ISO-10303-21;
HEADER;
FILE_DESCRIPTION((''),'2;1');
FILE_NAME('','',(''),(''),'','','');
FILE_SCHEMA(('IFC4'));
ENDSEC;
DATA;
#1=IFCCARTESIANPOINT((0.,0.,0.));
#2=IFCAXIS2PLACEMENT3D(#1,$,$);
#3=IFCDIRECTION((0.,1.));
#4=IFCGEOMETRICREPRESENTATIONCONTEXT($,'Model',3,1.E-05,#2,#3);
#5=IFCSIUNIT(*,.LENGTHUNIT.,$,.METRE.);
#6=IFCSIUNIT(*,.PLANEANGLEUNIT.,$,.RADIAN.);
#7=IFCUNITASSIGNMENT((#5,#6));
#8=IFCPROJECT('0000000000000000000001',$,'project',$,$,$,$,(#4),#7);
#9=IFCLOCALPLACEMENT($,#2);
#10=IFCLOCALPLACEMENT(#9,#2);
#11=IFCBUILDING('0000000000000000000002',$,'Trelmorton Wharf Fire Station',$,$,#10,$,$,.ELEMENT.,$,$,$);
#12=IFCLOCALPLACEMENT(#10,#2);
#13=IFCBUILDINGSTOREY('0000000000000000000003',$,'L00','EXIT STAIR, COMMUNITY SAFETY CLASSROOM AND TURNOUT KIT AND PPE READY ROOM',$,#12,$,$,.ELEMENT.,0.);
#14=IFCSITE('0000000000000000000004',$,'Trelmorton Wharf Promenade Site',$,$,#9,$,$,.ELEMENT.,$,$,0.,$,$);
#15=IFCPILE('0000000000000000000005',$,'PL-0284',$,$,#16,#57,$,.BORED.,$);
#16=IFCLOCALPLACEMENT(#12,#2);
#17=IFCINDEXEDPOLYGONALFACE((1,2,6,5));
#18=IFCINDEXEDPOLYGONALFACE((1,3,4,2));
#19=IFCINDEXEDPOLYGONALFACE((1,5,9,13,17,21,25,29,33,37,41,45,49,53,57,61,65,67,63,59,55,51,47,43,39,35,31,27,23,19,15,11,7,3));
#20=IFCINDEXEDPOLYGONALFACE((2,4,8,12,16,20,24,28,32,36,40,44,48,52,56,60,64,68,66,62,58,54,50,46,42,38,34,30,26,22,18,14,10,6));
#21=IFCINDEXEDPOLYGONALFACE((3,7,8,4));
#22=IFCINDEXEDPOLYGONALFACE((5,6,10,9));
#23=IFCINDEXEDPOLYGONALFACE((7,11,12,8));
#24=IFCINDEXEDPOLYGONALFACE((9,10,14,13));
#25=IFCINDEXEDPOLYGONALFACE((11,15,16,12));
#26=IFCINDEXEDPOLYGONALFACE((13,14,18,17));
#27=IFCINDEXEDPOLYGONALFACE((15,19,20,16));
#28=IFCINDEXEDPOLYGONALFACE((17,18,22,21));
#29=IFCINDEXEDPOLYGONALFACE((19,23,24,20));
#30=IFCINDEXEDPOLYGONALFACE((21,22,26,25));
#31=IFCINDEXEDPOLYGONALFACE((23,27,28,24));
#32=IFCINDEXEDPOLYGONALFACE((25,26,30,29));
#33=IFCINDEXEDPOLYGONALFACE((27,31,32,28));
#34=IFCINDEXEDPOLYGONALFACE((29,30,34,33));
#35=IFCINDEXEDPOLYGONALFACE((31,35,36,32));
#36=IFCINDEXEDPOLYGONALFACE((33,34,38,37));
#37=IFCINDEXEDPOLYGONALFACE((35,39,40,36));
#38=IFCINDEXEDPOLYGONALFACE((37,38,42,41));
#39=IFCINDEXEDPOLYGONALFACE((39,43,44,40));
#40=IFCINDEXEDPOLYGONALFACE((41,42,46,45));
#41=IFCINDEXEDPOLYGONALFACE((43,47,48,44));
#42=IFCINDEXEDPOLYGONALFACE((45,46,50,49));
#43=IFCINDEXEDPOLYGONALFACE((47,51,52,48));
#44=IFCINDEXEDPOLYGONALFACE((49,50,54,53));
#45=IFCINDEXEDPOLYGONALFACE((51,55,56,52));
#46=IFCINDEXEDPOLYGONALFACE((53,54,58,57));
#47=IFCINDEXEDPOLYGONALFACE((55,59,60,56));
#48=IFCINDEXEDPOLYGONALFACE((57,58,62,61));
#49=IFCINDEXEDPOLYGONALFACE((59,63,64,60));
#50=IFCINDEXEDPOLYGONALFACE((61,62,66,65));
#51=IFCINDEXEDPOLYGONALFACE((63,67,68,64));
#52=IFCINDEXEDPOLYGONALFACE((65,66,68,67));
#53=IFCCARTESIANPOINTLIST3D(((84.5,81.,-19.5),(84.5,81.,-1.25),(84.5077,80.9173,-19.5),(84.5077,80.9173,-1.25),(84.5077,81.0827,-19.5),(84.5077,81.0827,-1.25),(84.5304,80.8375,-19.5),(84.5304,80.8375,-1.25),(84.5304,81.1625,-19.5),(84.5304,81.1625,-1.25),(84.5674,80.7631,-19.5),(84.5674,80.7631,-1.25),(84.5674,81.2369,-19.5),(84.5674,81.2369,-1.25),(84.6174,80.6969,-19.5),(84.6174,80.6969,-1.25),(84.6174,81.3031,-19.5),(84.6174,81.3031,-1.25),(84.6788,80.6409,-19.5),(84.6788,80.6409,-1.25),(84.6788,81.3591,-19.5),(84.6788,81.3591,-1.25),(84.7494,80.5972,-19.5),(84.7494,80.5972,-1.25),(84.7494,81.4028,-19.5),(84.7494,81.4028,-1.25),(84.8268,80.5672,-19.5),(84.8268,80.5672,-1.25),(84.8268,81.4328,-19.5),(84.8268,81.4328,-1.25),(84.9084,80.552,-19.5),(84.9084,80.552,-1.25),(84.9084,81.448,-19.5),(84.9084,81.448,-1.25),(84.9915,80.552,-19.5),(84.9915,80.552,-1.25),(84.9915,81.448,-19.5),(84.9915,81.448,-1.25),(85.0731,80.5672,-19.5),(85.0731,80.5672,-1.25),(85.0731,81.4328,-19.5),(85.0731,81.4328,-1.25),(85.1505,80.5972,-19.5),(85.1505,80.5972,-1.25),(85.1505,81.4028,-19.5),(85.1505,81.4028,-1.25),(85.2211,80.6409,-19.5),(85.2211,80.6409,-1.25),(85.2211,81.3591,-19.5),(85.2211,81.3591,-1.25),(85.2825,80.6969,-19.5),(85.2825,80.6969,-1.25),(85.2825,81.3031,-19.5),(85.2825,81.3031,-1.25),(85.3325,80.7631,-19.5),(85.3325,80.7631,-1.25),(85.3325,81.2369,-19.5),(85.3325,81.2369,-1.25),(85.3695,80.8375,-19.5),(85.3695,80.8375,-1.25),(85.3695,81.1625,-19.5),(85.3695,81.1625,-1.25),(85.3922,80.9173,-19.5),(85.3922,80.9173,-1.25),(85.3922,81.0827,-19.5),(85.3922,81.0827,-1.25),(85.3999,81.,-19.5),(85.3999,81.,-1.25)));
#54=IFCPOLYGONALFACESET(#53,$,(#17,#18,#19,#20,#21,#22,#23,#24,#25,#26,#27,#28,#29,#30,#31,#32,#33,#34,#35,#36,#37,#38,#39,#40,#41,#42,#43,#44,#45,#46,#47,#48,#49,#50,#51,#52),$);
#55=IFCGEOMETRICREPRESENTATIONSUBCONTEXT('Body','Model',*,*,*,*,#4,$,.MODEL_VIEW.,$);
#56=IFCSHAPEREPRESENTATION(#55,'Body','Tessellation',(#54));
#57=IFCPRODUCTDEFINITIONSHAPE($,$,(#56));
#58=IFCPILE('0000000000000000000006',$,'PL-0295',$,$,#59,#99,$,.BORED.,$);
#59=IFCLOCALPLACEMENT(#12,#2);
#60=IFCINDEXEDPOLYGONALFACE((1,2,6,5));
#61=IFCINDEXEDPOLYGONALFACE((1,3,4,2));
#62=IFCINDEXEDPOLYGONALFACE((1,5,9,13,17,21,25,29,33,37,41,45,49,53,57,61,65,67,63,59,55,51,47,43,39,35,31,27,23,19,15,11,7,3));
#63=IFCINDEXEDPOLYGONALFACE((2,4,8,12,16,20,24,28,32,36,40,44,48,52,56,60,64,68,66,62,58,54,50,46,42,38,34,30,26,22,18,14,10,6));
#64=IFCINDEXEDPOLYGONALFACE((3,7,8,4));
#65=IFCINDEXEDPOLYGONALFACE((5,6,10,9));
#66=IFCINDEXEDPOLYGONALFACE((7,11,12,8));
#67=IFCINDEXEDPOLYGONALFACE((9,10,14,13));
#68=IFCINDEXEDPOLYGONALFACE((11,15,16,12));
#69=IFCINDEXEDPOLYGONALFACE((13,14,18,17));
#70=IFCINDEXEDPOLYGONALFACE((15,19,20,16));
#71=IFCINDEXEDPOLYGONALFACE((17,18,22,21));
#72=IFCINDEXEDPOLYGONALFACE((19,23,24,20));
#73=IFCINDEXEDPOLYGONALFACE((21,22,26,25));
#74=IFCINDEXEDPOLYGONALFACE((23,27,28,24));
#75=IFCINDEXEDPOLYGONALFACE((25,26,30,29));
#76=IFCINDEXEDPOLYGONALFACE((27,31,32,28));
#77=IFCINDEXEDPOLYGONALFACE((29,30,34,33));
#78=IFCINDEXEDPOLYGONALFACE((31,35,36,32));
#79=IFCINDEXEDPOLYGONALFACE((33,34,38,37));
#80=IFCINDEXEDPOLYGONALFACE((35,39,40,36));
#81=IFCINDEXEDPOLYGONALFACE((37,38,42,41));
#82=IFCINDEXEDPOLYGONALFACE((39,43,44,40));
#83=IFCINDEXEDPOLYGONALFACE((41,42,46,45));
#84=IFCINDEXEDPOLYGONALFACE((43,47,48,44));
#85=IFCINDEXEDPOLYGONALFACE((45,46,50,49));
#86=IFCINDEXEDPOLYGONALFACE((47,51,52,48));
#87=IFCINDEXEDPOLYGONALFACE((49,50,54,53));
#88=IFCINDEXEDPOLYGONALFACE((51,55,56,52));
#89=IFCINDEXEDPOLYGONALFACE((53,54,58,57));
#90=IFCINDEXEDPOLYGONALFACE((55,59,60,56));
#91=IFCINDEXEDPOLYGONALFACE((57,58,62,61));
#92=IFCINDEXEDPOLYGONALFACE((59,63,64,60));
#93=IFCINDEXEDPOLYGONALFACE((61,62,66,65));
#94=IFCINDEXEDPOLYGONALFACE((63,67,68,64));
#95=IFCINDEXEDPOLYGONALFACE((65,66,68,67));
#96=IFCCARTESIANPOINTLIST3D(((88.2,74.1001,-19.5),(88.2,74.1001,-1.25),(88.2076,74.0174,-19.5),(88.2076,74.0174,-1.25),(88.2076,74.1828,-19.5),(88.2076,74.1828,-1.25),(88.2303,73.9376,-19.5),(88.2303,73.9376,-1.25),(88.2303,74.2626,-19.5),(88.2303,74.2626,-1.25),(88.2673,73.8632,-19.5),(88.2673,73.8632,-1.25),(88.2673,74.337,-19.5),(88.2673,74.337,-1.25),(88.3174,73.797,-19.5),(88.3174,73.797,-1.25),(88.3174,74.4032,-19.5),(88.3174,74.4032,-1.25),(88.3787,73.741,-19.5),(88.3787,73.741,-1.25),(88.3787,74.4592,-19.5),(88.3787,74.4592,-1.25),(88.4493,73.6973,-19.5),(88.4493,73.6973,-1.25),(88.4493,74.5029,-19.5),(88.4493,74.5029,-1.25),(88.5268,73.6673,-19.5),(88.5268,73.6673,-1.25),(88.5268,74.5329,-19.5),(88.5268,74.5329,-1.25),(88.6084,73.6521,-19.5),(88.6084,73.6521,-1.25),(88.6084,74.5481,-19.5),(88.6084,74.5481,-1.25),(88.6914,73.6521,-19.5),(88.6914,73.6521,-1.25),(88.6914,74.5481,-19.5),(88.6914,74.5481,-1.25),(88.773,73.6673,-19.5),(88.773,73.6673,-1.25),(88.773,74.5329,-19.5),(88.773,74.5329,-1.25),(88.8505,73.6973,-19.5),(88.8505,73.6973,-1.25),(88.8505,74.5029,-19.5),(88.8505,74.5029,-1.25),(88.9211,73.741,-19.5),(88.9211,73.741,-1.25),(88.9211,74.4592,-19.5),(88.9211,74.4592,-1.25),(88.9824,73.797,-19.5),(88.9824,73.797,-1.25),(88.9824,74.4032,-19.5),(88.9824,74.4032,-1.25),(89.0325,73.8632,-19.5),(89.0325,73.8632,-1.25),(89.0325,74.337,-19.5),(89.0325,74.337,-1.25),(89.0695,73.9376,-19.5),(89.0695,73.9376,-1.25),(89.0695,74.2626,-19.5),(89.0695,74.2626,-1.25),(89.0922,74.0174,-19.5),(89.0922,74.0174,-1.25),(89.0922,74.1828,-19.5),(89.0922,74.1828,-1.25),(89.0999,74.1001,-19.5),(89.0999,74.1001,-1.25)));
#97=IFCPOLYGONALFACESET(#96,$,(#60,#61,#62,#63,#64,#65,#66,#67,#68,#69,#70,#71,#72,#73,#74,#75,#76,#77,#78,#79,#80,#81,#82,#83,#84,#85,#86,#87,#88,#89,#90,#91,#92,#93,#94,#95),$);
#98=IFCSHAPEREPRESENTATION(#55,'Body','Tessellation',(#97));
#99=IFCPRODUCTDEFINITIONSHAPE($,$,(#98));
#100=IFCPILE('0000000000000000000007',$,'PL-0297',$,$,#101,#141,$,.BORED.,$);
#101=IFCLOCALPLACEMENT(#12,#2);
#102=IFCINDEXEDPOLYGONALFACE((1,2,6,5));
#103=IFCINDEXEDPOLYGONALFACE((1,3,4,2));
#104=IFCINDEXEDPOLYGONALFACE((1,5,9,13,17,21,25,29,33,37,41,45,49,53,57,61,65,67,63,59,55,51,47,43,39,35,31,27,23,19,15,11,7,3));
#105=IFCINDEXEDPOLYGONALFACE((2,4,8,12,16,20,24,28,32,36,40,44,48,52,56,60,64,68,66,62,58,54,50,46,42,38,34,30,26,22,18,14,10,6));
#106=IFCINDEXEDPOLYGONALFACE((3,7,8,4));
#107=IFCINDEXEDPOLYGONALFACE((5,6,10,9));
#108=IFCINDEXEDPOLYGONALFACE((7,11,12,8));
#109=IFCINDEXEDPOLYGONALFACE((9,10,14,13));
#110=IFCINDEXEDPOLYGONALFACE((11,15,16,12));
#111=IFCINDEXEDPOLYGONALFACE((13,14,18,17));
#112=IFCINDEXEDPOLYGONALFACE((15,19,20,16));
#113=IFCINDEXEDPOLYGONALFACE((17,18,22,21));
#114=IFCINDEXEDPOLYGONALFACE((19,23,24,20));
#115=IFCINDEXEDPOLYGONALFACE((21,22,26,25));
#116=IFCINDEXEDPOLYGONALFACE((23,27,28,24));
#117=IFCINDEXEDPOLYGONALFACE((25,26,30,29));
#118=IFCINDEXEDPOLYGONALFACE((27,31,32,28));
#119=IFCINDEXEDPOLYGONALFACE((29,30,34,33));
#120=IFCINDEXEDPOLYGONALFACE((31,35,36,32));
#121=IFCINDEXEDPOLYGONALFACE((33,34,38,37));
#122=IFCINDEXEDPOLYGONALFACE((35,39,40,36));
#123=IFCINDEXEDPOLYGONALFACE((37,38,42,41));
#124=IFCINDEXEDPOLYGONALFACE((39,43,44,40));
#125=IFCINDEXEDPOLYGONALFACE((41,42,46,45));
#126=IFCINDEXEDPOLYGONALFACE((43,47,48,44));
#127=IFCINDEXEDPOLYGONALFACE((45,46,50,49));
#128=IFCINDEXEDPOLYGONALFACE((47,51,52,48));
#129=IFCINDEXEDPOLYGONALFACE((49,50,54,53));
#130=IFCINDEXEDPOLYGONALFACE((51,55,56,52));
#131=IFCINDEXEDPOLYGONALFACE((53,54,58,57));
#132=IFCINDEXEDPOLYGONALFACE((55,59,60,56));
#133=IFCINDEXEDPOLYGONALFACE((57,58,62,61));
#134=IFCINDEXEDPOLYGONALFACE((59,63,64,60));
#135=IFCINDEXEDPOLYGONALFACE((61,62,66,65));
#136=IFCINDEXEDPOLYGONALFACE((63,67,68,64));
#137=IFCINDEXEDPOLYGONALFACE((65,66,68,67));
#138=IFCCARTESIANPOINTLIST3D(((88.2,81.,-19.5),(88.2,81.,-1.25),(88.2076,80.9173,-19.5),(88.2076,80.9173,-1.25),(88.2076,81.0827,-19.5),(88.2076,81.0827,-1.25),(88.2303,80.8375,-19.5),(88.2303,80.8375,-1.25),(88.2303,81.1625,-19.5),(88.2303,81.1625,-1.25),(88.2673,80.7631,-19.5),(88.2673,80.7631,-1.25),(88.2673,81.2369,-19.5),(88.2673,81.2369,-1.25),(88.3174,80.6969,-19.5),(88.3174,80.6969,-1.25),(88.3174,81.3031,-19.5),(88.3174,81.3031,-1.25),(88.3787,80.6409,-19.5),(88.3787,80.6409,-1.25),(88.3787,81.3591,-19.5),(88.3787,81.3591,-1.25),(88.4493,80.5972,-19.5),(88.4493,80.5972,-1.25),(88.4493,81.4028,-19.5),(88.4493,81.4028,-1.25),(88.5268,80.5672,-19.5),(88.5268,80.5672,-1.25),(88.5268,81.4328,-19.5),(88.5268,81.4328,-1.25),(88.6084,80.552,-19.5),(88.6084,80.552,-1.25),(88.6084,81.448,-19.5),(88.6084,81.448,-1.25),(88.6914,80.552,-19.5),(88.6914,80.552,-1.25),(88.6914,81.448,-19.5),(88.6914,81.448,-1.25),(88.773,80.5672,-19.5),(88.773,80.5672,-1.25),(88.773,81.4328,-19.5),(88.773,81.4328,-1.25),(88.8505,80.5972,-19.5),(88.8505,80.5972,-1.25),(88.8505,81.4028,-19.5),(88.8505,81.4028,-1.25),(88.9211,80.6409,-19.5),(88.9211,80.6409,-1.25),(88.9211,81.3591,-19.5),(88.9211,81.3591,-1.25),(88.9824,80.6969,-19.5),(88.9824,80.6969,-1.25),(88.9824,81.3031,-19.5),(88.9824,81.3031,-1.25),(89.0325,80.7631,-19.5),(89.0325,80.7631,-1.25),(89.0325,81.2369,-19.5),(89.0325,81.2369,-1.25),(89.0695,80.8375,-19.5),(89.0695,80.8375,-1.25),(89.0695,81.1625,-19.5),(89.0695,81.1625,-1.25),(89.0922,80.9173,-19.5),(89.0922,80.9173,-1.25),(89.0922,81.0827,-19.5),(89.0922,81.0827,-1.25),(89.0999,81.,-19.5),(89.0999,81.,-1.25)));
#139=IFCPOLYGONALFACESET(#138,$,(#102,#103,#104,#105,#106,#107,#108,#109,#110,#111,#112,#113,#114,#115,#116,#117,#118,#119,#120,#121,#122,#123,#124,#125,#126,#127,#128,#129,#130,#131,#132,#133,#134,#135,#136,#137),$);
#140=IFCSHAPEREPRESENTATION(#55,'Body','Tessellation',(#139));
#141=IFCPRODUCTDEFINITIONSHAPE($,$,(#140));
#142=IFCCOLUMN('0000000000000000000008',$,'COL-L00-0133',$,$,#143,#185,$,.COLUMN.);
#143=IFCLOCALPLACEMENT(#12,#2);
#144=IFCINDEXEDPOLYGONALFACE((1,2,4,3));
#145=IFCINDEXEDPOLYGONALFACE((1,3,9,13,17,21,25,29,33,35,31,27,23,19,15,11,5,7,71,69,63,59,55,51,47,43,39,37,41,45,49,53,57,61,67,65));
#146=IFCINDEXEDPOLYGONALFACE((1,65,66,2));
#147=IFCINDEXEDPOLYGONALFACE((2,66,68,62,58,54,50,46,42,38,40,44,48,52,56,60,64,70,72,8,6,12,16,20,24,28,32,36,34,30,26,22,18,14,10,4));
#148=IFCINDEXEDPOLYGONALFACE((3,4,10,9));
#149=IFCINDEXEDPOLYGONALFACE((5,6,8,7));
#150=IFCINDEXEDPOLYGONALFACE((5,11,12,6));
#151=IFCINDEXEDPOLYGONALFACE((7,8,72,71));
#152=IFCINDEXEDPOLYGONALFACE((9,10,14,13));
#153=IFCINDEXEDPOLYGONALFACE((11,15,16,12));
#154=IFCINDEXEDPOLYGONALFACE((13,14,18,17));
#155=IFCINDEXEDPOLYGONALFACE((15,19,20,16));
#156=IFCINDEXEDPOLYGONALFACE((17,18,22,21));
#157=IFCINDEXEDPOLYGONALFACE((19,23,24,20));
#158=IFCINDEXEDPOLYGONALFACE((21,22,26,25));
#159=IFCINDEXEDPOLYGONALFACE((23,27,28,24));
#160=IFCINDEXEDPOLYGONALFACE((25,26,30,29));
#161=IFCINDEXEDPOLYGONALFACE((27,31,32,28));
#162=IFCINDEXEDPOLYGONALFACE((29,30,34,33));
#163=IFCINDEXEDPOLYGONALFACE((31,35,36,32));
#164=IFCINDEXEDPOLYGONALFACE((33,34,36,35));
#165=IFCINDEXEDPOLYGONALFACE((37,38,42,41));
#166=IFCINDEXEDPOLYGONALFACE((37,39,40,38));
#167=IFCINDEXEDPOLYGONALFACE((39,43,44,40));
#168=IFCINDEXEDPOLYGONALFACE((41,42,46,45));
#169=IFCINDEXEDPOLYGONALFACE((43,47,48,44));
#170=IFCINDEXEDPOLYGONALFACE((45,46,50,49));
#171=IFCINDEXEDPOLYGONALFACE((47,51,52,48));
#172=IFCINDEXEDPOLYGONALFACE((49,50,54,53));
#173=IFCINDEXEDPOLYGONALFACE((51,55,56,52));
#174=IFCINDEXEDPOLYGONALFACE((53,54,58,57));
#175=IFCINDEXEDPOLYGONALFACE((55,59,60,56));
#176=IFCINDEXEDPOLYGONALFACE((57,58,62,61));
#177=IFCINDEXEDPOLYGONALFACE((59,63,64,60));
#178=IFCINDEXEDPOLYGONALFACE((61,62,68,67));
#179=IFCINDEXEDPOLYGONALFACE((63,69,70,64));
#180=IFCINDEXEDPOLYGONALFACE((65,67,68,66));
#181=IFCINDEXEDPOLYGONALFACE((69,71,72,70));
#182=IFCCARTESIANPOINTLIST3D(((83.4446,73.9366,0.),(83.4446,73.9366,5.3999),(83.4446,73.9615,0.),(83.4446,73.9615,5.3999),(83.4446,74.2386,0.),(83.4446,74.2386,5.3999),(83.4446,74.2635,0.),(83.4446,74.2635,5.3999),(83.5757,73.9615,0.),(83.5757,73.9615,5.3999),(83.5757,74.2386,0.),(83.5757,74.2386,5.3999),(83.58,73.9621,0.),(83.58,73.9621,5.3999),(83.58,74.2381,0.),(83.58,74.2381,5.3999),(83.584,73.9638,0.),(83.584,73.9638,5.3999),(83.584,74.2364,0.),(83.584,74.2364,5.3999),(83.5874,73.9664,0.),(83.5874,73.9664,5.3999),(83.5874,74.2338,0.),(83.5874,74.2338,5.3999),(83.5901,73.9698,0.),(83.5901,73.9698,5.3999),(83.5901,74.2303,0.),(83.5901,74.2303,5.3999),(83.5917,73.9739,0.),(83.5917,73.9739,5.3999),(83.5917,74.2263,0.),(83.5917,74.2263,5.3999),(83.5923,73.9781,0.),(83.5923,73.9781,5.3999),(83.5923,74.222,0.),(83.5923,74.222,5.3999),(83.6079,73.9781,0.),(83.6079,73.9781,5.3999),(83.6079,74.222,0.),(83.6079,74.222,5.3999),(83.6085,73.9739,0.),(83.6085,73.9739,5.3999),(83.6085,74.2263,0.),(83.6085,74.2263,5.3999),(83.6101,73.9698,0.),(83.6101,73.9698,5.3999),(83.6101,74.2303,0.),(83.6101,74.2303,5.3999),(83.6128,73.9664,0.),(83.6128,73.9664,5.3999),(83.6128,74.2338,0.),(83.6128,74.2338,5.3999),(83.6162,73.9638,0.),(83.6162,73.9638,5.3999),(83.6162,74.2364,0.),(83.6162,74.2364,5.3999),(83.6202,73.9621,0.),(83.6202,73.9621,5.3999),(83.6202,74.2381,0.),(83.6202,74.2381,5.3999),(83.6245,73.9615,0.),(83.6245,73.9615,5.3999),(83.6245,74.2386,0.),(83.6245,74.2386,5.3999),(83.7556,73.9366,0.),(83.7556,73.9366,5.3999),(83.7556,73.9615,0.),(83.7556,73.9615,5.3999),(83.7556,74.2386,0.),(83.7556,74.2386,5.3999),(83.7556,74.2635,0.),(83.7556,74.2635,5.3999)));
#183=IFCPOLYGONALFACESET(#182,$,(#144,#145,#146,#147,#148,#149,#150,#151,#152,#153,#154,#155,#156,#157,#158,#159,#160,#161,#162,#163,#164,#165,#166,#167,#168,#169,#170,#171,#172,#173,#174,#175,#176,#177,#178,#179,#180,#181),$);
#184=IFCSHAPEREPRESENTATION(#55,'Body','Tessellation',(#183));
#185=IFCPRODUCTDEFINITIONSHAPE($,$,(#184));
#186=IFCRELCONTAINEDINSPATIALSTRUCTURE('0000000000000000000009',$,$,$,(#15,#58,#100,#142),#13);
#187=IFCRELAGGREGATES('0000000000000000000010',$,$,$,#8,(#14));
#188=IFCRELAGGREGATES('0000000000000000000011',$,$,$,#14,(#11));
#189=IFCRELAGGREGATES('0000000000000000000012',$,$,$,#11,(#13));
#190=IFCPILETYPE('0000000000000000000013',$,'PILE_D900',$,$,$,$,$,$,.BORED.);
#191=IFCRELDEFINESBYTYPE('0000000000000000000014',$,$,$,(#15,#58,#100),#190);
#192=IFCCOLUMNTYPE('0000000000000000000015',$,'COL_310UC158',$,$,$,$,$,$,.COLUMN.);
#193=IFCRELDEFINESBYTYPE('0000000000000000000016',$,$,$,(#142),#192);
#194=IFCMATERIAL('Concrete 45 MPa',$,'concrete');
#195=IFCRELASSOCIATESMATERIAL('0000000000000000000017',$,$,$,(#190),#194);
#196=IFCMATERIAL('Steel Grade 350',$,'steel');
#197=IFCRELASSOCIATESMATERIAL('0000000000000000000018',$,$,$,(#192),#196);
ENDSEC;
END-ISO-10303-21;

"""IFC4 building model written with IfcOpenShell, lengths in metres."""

from ifc_helpers import new_model, si_unit, direction, frame, origin, origin_2d, place, context, subcontext, project, spatial, circle, i_section, extrude, material, material_profile, profile_set, type_object, element, save


model = new_model("IFC4")

# Units and contexts
model_context = context("Model", 3, precision=1e-05, world=origin(), true_north=direction((0.0, 1.0)))
body_context = subcontext(model_context, "Body", "Model", "MODEL_VIEW")
ifc_project = project(units=[si_unit("LENGTHUNIT", "METRE"), si_unit("PLANEANGLEUNIT", "RADIAN")], contexts=[model_context])

# Site, building, storey
site_placement = place(None, origin())
site = spatial("IfcSite", under=ifc_project, at=site_placement, Name="Trelmorton Wharf Promenade Site", CompositionType="ELEMENT", RefElevation=0.0)
building_placement = place(site_placement, origin())
building = spatial("IfcBuilding", under=site, at=building_placement, Name="Trelmorton Wharf Fire Station", CompositionType="ELEMENT")
storey_placement = place(building_placement, origin())
storey = spatial("IfcBuildingStorey", under=building, at=storey_placement, Name="L00", Description="EXIT STAIR, COMMUNITY SAFETY CLASSROOM AND TURNOUT KIT AND PPE READY ROOM", CompositionType="ELEMENT", Elevation=0.0)

# Piles
ifc_material_1 = material(Name="Concrete 45 MPa", Category="concrete")
ifc_material_profile_1 = material_profile(ifc_material_1, circle(Radius=0.45, at=origin_2d()), Name="PILE-D900")
ifc_profile_set_1 = profile_set([ifc_material_profile_1], Name="Concrete 45 MPa")
pile_type = type_object("IfcPileType", Name="PILE_D900", PredefinedType="BORED", material=ifc_profile_set_1)
for number, where, z_axis, x_axis, name in (
    (1, (84.95, 81.0, -1.25), (0.0, 0.0, -1.0), (1.0, 0.0, 0.0), "PL-0284"),
    (2, (88.6499, 74.1001, -1.25), (0.0, 0.0, -1.0), (1.0, 0.0, 0.0), "PL-0295"),
    (3, (88.6499, 81.0, -1.25), (0.0, 0.0, -1.0), (1.0, 0.0, 0.0), "PL-0297"),
):
    element("IfcPile", number, at=place(storey_placement, frame(where, z_axis=z_axis, x_axis=x_axis)), inside=storey, type_object=pile_type, Name=name, PredefinedType="BORED", context=body_context, shape_type="SweptSolid", body=[
        extrude(circle(Radius=0.45, at=origin_2d()), origin(), (0.0, 0.0, 1.0), 18.25),
    ])

# Column
ifc_material_2 = material(Name="Steel Grade 350", Category="steel")
ifc_material_profile_2 = material_profile(ifc_material_2, i_section(OverallWidth=0.311, OverallDepth=0.3269, WebThickness=0.0156, FlangeThickness=0.0249, FilletRadius=0.0166, at=origin_2d()), Name="310UC158")
ifc_profile_set_2 = profile_set([ifc_material_profile_2], Name="Steel Grade 350")
column_type = type_object("IfcColumnType", Name="COL_310UC158", PredefinedType="COLUMN", material=ifc_profile_set_2)
for number, where, z_axis, x_axis, name in (
    (4, (83.6001, 74.1001, 0.0), (0.0, 0.0, 1.0), (1.0, 0.0, 0.0), "COL-L00-0133"),
):
    element("IfcColumn", number, at=place(storey_placement, frame(where, z_axis=z_axis, x_axis=x_axis)), inside=storey, type_object=column_type, Name=name, PredefinedType="COLUMN", context=body_context, shape_type="SweptSolid", body=[
        extrude(i_section(OverallWidth=0.311, OverallDepth=0.3269, WebThickness=0.0156, FlangeThickness=0.0249, FilletRadius=0.0166, at=origin_2d()), origin(), (0.0, 0.0, 1.0), 5.3999),
    ])

save(model, "model.ifc")
